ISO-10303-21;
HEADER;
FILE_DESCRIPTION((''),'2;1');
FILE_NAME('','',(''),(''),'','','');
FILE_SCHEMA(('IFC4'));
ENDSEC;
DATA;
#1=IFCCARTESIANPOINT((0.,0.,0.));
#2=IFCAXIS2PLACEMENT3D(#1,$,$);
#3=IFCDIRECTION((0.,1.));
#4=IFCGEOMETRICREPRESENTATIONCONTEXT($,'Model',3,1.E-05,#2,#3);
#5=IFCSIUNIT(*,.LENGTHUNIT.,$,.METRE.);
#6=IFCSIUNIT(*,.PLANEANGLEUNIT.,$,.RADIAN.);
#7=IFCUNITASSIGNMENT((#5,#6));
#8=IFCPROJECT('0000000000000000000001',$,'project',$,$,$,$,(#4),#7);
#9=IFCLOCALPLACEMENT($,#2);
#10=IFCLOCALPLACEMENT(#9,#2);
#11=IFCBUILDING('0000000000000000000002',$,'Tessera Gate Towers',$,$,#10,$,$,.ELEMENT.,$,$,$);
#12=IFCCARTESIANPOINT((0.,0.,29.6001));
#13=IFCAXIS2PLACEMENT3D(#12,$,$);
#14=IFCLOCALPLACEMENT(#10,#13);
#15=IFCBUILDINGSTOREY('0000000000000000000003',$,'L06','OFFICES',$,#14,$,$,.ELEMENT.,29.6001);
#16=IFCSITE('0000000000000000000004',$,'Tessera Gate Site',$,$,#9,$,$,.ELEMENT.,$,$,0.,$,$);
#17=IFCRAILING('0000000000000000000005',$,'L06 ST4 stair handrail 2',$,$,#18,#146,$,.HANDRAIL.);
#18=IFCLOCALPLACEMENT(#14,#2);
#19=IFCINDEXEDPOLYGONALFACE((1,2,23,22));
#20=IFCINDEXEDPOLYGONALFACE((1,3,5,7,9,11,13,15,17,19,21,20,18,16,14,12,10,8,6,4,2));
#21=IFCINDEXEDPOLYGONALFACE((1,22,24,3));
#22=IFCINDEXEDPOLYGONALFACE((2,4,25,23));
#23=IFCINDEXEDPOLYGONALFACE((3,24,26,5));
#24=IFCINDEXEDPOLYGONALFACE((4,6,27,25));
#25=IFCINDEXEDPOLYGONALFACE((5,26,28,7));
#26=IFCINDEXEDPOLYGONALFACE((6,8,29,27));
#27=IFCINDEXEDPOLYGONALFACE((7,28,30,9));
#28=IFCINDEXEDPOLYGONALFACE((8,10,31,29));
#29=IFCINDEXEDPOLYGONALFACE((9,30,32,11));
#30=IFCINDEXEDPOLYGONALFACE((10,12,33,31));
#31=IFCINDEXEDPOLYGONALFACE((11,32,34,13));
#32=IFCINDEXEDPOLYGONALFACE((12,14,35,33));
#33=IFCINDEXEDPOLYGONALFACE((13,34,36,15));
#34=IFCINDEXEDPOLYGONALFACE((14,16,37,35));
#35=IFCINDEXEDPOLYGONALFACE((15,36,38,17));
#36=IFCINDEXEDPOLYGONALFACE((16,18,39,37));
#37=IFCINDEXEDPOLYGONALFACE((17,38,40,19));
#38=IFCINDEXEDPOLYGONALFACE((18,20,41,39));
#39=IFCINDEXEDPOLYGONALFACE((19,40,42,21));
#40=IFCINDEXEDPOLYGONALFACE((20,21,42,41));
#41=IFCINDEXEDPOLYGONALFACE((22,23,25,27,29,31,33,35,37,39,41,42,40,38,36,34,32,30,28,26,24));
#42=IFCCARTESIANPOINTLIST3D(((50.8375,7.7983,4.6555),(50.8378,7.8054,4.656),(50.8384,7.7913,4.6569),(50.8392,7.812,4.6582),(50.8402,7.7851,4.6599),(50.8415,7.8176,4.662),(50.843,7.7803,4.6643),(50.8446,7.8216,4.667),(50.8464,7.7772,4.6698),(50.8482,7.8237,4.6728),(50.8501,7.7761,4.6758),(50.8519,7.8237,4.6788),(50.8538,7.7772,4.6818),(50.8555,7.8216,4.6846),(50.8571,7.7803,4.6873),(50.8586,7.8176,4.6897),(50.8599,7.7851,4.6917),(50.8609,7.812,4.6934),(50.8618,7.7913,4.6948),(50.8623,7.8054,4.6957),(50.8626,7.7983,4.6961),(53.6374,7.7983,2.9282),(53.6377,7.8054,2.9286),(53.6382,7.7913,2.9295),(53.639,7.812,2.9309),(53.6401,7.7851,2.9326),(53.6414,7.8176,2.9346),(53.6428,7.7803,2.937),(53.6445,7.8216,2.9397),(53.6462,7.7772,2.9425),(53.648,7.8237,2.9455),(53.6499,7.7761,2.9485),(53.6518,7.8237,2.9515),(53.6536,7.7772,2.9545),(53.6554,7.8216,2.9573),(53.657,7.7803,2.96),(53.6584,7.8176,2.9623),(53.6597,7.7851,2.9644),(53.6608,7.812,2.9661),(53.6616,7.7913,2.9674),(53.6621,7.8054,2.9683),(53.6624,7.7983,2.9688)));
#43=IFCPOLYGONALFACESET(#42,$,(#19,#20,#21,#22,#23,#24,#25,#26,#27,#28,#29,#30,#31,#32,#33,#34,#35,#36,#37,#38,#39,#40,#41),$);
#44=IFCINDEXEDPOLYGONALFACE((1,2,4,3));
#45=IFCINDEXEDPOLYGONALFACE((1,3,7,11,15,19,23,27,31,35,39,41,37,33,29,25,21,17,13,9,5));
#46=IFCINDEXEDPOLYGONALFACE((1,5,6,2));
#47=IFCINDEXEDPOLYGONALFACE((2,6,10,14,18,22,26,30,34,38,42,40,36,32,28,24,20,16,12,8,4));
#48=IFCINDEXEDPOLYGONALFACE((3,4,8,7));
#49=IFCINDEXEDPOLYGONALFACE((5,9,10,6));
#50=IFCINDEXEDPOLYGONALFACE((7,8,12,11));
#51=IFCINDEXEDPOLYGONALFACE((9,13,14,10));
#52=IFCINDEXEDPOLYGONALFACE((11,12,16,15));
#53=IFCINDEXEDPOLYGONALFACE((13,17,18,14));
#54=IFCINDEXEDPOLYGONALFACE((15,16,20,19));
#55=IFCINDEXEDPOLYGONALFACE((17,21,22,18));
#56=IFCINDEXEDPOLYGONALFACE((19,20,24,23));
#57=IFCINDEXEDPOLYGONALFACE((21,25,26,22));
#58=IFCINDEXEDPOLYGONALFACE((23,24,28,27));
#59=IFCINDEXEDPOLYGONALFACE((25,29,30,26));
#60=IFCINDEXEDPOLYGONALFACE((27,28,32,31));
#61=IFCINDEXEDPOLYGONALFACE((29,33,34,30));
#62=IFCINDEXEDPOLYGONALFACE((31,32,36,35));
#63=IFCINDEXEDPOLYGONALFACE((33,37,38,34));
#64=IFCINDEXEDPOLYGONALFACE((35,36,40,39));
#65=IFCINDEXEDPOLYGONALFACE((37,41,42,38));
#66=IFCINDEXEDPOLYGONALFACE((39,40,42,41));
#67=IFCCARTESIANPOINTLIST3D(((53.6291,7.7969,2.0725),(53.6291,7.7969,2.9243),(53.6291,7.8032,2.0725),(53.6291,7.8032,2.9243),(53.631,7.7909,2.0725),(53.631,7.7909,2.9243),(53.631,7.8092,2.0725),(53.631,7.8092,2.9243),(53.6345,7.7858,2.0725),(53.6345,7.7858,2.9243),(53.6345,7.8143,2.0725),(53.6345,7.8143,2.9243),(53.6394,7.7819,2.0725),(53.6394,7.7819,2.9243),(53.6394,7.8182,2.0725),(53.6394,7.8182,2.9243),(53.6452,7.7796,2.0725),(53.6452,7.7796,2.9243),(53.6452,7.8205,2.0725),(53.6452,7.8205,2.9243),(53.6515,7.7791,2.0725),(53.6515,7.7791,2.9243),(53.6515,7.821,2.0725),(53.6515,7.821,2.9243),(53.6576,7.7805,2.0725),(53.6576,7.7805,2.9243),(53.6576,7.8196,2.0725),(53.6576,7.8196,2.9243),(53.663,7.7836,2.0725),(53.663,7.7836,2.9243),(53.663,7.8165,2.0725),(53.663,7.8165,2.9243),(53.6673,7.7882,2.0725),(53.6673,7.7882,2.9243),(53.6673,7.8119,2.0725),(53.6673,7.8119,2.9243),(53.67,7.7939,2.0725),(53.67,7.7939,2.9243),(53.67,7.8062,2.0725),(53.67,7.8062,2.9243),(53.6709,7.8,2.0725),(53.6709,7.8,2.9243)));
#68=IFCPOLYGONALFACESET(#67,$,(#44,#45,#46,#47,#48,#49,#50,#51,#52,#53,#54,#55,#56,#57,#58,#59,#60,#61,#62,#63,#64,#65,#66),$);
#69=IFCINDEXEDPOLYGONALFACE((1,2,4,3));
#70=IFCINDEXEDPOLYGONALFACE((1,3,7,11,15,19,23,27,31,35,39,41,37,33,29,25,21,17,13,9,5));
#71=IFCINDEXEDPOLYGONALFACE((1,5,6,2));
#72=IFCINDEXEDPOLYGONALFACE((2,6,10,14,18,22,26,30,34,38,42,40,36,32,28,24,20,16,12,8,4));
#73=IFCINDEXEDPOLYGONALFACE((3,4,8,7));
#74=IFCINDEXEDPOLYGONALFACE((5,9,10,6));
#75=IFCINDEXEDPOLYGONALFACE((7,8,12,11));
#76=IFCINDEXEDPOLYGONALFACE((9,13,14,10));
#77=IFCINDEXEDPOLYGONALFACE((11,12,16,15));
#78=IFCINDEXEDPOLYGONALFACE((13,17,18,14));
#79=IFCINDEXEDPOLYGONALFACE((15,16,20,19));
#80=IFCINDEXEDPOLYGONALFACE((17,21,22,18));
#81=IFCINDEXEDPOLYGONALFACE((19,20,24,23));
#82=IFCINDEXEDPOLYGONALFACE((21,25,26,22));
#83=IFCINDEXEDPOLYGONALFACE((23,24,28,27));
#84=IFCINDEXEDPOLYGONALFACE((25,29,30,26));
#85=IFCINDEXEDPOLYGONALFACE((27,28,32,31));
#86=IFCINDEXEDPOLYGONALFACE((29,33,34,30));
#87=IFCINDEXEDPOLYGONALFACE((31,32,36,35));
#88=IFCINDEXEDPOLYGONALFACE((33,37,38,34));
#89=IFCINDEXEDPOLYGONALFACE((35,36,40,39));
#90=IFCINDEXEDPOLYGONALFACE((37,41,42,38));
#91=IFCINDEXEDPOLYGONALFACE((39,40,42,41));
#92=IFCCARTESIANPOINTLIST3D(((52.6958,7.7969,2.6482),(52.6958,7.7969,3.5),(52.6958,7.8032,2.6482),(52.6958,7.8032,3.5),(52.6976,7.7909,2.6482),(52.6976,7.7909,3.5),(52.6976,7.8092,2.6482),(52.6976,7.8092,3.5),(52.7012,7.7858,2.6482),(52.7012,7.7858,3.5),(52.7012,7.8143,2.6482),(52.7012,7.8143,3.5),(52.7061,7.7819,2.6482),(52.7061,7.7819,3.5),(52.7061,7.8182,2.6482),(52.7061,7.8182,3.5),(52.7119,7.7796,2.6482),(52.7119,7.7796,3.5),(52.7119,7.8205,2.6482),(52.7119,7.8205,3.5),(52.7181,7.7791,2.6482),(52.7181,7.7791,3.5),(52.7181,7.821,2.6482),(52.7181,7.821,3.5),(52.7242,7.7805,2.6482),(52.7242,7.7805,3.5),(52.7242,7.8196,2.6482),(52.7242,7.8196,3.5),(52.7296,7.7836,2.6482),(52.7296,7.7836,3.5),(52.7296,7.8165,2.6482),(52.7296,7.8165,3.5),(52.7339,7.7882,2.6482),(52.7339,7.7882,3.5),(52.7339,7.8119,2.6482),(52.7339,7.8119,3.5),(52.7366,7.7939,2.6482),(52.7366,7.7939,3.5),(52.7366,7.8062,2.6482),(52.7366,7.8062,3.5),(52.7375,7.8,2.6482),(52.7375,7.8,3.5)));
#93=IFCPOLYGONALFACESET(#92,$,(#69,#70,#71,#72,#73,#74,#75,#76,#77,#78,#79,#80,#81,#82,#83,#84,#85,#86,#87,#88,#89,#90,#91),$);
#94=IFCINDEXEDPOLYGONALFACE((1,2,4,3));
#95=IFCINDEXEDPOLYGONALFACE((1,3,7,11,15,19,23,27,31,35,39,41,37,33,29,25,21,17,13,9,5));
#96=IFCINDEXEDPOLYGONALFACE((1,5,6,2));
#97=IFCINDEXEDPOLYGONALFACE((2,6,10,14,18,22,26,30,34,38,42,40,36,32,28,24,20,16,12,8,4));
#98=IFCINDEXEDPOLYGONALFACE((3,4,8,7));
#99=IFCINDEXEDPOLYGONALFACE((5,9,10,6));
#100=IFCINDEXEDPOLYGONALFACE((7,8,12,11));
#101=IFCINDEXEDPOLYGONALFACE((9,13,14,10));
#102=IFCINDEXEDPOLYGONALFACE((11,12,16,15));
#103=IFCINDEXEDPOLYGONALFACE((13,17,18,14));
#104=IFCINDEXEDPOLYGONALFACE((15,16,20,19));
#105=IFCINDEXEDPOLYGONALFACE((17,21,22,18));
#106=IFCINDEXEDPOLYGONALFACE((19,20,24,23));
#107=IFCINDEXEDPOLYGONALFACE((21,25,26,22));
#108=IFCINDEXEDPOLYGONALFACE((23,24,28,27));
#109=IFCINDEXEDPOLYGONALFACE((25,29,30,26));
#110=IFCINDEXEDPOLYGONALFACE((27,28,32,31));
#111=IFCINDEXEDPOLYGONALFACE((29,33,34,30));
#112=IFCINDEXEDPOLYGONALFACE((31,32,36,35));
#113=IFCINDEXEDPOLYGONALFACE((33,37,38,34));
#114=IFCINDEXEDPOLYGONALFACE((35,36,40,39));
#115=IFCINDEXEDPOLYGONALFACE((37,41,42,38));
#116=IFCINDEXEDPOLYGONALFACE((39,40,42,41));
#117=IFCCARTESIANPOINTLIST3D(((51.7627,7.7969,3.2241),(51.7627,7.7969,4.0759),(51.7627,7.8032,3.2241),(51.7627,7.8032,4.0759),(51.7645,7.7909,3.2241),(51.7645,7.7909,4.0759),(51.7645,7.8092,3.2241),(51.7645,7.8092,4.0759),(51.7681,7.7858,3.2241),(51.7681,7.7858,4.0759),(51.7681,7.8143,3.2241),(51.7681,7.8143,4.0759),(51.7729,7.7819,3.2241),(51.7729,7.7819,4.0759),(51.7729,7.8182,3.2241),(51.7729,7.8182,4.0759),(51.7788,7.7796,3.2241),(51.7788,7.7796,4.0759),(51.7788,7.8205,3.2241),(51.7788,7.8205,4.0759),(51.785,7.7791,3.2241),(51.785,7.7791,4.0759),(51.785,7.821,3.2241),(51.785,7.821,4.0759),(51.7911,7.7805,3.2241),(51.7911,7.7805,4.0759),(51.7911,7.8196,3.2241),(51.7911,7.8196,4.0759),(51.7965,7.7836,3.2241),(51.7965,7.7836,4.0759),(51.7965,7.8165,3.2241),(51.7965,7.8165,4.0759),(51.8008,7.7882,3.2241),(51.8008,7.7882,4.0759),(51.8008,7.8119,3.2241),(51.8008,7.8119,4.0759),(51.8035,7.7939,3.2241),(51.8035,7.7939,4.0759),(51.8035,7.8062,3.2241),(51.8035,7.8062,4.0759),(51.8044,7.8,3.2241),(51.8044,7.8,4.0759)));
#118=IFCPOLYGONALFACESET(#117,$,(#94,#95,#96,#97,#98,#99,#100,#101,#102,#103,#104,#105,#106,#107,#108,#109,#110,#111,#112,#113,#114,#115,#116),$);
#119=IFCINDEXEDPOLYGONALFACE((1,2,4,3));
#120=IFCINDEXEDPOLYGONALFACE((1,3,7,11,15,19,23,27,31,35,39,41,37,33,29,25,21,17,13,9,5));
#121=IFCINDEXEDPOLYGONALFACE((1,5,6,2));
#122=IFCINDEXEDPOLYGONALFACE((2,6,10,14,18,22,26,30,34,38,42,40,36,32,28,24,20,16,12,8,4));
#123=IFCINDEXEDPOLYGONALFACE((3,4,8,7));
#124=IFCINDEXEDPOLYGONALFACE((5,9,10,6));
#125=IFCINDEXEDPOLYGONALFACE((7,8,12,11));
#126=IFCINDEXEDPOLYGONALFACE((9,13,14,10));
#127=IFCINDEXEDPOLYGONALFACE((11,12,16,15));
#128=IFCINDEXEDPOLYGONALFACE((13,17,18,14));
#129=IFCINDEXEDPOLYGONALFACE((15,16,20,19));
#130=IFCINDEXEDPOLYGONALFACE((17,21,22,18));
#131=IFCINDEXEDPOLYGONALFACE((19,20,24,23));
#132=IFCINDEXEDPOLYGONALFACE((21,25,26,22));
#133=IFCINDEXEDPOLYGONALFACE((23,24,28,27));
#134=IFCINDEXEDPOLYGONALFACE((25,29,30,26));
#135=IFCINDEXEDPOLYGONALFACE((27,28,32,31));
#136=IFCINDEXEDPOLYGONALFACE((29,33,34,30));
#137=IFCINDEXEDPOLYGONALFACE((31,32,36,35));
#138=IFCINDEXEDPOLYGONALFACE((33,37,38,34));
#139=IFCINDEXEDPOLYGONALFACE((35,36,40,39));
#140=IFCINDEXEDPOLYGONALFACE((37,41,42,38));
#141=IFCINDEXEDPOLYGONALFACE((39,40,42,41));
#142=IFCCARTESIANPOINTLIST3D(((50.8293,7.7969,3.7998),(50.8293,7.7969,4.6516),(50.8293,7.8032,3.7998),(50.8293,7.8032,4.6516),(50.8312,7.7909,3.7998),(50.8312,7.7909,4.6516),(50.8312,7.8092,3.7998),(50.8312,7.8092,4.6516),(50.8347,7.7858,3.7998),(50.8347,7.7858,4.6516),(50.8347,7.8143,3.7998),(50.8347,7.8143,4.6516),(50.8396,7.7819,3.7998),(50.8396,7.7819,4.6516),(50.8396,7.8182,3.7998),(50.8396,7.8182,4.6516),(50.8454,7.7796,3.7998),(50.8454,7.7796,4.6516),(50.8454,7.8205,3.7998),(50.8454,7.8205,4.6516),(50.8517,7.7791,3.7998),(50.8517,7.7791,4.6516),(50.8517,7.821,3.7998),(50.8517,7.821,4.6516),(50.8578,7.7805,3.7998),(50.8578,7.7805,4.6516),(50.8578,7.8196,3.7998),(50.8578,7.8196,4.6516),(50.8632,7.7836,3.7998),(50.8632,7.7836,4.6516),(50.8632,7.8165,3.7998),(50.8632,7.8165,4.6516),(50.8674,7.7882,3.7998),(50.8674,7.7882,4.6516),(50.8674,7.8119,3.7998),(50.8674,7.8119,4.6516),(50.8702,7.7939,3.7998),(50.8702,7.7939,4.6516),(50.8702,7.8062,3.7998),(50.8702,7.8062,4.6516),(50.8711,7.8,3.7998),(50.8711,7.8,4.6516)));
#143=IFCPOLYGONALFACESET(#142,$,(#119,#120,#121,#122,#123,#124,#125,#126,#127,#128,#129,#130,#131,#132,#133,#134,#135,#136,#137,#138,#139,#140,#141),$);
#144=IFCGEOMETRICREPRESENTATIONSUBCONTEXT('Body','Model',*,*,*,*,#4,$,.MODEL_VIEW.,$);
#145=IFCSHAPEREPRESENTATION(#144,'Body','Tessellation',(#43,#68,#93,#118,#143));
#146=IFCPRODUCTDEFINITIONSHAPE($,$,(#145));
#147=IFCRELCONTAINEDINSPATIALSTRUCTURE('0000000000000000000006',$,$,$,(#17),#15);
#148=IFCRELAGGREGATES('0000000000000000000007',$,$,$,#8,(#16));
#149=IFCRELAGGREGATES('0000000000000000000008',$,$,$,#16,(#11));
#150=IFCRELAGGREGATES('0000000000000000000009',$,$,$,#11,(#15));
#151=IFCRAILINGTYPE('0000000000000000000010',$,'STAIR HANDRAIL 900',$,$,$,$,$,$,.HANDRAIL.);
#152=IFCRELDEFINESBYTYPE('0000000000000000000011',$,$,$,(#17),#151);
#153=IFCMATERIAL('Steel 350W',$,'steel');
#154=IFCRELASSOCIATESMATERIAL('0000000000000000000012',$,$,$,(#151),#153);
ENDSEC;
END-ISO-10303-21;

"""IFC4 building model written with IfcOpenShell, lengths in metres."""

from ifc_helpers import new_model, si_unit, direction, frame, origin, origin_2d, place, context, subcontext, project, spatial, circle, extrude, material, type_object, element, save


model = new_model("IFC4")

# Units and contexts
model_context = context("Model", 3, precision=1e-05, world=origin(), true_north=direction((0.0, 1.0)))
body_context = subcontext(model_context, "Body", "Model", "MODEL_VIEW")
ifc_project = project(units=[si_unit("LENGTHUNIT", "METRE"), si_unit("PLANEANGLEUNIT", "RADIAN")], contexts=[model_context])

# Site, building, storey
site_placement = place(None, origin())
site = spatial("IfcSite", under=ifc_project, at=site_placement, Name="Tessera Gate Site", CompositionType="ELEMENT", RefElevation=0.0)
building_placement = place(site_placement, origin())
building = spatial("IfcBuilding", under=site, at=building_placement, Name="Tessera Gate Towers", CompositionType="ELEMENT")
storey_placement = place(building_placement, frame((0.0, 0.0, 29.6001)))
storey = spatial("IfcBuildingStorey", under=building, at=storey_placement, Name="L06", Description="OFFICES", CompositionType="ELEMENT", Elevation=29.6001)

# Railing
ifc_material_1 = material(Name="Steel 350W", Category="steel")
railing_type_1 = type_object("IfcRailingType", Name="STAIR HANDRAIL 900", PredefinedType="HANDRAIL", material=ifc_material_1)
railing_1_placement = place(storey_placement, frame((53.6499, 7.8, 2.0725)))
element("IfcRailing", 1, at=railing_1_placement, inside=storey, type_object=railing_type_1, Name="L06 ST4 stair handrail 2", PredefinedType="HANDRAIL", context=body_context, shape_type="SweptSolid", body=[
    extrude(circle(Radius=0.0239, at=origin_2d()), frame((0.0, 0.0, 0.876), z_axis=(-0.851069, 0.0, 0.525054), x_axis=(0.0, -1.0, 0.0)), (0.0, 0.0, 1.0), 3.2898),
    extrude(circle(Radius=0.021, at=origin_2d()), origin(), (0.0, 0.0, 1.0), 0.8518),
    extrude(circle(Radius=0.021, at=origin_2d()), frame((-0.9333, 0.0, 0.5757)), (0.0, 0.0, 1.0), 0.8518),
    extrude(circle(Radius=0.021, at=origin_2d()), frame((-1.8665, 0.0, 1.1516)), (0.0, 0.0, 1.0), 0.8518),
    extrude(circle(Radius=0.021, at=origin_2d()), frame((-2.7998, 0.0, 1.7273)), (0.0, 0.0, 1.0), 0.8518),
])

save(model, "model.ifc")
